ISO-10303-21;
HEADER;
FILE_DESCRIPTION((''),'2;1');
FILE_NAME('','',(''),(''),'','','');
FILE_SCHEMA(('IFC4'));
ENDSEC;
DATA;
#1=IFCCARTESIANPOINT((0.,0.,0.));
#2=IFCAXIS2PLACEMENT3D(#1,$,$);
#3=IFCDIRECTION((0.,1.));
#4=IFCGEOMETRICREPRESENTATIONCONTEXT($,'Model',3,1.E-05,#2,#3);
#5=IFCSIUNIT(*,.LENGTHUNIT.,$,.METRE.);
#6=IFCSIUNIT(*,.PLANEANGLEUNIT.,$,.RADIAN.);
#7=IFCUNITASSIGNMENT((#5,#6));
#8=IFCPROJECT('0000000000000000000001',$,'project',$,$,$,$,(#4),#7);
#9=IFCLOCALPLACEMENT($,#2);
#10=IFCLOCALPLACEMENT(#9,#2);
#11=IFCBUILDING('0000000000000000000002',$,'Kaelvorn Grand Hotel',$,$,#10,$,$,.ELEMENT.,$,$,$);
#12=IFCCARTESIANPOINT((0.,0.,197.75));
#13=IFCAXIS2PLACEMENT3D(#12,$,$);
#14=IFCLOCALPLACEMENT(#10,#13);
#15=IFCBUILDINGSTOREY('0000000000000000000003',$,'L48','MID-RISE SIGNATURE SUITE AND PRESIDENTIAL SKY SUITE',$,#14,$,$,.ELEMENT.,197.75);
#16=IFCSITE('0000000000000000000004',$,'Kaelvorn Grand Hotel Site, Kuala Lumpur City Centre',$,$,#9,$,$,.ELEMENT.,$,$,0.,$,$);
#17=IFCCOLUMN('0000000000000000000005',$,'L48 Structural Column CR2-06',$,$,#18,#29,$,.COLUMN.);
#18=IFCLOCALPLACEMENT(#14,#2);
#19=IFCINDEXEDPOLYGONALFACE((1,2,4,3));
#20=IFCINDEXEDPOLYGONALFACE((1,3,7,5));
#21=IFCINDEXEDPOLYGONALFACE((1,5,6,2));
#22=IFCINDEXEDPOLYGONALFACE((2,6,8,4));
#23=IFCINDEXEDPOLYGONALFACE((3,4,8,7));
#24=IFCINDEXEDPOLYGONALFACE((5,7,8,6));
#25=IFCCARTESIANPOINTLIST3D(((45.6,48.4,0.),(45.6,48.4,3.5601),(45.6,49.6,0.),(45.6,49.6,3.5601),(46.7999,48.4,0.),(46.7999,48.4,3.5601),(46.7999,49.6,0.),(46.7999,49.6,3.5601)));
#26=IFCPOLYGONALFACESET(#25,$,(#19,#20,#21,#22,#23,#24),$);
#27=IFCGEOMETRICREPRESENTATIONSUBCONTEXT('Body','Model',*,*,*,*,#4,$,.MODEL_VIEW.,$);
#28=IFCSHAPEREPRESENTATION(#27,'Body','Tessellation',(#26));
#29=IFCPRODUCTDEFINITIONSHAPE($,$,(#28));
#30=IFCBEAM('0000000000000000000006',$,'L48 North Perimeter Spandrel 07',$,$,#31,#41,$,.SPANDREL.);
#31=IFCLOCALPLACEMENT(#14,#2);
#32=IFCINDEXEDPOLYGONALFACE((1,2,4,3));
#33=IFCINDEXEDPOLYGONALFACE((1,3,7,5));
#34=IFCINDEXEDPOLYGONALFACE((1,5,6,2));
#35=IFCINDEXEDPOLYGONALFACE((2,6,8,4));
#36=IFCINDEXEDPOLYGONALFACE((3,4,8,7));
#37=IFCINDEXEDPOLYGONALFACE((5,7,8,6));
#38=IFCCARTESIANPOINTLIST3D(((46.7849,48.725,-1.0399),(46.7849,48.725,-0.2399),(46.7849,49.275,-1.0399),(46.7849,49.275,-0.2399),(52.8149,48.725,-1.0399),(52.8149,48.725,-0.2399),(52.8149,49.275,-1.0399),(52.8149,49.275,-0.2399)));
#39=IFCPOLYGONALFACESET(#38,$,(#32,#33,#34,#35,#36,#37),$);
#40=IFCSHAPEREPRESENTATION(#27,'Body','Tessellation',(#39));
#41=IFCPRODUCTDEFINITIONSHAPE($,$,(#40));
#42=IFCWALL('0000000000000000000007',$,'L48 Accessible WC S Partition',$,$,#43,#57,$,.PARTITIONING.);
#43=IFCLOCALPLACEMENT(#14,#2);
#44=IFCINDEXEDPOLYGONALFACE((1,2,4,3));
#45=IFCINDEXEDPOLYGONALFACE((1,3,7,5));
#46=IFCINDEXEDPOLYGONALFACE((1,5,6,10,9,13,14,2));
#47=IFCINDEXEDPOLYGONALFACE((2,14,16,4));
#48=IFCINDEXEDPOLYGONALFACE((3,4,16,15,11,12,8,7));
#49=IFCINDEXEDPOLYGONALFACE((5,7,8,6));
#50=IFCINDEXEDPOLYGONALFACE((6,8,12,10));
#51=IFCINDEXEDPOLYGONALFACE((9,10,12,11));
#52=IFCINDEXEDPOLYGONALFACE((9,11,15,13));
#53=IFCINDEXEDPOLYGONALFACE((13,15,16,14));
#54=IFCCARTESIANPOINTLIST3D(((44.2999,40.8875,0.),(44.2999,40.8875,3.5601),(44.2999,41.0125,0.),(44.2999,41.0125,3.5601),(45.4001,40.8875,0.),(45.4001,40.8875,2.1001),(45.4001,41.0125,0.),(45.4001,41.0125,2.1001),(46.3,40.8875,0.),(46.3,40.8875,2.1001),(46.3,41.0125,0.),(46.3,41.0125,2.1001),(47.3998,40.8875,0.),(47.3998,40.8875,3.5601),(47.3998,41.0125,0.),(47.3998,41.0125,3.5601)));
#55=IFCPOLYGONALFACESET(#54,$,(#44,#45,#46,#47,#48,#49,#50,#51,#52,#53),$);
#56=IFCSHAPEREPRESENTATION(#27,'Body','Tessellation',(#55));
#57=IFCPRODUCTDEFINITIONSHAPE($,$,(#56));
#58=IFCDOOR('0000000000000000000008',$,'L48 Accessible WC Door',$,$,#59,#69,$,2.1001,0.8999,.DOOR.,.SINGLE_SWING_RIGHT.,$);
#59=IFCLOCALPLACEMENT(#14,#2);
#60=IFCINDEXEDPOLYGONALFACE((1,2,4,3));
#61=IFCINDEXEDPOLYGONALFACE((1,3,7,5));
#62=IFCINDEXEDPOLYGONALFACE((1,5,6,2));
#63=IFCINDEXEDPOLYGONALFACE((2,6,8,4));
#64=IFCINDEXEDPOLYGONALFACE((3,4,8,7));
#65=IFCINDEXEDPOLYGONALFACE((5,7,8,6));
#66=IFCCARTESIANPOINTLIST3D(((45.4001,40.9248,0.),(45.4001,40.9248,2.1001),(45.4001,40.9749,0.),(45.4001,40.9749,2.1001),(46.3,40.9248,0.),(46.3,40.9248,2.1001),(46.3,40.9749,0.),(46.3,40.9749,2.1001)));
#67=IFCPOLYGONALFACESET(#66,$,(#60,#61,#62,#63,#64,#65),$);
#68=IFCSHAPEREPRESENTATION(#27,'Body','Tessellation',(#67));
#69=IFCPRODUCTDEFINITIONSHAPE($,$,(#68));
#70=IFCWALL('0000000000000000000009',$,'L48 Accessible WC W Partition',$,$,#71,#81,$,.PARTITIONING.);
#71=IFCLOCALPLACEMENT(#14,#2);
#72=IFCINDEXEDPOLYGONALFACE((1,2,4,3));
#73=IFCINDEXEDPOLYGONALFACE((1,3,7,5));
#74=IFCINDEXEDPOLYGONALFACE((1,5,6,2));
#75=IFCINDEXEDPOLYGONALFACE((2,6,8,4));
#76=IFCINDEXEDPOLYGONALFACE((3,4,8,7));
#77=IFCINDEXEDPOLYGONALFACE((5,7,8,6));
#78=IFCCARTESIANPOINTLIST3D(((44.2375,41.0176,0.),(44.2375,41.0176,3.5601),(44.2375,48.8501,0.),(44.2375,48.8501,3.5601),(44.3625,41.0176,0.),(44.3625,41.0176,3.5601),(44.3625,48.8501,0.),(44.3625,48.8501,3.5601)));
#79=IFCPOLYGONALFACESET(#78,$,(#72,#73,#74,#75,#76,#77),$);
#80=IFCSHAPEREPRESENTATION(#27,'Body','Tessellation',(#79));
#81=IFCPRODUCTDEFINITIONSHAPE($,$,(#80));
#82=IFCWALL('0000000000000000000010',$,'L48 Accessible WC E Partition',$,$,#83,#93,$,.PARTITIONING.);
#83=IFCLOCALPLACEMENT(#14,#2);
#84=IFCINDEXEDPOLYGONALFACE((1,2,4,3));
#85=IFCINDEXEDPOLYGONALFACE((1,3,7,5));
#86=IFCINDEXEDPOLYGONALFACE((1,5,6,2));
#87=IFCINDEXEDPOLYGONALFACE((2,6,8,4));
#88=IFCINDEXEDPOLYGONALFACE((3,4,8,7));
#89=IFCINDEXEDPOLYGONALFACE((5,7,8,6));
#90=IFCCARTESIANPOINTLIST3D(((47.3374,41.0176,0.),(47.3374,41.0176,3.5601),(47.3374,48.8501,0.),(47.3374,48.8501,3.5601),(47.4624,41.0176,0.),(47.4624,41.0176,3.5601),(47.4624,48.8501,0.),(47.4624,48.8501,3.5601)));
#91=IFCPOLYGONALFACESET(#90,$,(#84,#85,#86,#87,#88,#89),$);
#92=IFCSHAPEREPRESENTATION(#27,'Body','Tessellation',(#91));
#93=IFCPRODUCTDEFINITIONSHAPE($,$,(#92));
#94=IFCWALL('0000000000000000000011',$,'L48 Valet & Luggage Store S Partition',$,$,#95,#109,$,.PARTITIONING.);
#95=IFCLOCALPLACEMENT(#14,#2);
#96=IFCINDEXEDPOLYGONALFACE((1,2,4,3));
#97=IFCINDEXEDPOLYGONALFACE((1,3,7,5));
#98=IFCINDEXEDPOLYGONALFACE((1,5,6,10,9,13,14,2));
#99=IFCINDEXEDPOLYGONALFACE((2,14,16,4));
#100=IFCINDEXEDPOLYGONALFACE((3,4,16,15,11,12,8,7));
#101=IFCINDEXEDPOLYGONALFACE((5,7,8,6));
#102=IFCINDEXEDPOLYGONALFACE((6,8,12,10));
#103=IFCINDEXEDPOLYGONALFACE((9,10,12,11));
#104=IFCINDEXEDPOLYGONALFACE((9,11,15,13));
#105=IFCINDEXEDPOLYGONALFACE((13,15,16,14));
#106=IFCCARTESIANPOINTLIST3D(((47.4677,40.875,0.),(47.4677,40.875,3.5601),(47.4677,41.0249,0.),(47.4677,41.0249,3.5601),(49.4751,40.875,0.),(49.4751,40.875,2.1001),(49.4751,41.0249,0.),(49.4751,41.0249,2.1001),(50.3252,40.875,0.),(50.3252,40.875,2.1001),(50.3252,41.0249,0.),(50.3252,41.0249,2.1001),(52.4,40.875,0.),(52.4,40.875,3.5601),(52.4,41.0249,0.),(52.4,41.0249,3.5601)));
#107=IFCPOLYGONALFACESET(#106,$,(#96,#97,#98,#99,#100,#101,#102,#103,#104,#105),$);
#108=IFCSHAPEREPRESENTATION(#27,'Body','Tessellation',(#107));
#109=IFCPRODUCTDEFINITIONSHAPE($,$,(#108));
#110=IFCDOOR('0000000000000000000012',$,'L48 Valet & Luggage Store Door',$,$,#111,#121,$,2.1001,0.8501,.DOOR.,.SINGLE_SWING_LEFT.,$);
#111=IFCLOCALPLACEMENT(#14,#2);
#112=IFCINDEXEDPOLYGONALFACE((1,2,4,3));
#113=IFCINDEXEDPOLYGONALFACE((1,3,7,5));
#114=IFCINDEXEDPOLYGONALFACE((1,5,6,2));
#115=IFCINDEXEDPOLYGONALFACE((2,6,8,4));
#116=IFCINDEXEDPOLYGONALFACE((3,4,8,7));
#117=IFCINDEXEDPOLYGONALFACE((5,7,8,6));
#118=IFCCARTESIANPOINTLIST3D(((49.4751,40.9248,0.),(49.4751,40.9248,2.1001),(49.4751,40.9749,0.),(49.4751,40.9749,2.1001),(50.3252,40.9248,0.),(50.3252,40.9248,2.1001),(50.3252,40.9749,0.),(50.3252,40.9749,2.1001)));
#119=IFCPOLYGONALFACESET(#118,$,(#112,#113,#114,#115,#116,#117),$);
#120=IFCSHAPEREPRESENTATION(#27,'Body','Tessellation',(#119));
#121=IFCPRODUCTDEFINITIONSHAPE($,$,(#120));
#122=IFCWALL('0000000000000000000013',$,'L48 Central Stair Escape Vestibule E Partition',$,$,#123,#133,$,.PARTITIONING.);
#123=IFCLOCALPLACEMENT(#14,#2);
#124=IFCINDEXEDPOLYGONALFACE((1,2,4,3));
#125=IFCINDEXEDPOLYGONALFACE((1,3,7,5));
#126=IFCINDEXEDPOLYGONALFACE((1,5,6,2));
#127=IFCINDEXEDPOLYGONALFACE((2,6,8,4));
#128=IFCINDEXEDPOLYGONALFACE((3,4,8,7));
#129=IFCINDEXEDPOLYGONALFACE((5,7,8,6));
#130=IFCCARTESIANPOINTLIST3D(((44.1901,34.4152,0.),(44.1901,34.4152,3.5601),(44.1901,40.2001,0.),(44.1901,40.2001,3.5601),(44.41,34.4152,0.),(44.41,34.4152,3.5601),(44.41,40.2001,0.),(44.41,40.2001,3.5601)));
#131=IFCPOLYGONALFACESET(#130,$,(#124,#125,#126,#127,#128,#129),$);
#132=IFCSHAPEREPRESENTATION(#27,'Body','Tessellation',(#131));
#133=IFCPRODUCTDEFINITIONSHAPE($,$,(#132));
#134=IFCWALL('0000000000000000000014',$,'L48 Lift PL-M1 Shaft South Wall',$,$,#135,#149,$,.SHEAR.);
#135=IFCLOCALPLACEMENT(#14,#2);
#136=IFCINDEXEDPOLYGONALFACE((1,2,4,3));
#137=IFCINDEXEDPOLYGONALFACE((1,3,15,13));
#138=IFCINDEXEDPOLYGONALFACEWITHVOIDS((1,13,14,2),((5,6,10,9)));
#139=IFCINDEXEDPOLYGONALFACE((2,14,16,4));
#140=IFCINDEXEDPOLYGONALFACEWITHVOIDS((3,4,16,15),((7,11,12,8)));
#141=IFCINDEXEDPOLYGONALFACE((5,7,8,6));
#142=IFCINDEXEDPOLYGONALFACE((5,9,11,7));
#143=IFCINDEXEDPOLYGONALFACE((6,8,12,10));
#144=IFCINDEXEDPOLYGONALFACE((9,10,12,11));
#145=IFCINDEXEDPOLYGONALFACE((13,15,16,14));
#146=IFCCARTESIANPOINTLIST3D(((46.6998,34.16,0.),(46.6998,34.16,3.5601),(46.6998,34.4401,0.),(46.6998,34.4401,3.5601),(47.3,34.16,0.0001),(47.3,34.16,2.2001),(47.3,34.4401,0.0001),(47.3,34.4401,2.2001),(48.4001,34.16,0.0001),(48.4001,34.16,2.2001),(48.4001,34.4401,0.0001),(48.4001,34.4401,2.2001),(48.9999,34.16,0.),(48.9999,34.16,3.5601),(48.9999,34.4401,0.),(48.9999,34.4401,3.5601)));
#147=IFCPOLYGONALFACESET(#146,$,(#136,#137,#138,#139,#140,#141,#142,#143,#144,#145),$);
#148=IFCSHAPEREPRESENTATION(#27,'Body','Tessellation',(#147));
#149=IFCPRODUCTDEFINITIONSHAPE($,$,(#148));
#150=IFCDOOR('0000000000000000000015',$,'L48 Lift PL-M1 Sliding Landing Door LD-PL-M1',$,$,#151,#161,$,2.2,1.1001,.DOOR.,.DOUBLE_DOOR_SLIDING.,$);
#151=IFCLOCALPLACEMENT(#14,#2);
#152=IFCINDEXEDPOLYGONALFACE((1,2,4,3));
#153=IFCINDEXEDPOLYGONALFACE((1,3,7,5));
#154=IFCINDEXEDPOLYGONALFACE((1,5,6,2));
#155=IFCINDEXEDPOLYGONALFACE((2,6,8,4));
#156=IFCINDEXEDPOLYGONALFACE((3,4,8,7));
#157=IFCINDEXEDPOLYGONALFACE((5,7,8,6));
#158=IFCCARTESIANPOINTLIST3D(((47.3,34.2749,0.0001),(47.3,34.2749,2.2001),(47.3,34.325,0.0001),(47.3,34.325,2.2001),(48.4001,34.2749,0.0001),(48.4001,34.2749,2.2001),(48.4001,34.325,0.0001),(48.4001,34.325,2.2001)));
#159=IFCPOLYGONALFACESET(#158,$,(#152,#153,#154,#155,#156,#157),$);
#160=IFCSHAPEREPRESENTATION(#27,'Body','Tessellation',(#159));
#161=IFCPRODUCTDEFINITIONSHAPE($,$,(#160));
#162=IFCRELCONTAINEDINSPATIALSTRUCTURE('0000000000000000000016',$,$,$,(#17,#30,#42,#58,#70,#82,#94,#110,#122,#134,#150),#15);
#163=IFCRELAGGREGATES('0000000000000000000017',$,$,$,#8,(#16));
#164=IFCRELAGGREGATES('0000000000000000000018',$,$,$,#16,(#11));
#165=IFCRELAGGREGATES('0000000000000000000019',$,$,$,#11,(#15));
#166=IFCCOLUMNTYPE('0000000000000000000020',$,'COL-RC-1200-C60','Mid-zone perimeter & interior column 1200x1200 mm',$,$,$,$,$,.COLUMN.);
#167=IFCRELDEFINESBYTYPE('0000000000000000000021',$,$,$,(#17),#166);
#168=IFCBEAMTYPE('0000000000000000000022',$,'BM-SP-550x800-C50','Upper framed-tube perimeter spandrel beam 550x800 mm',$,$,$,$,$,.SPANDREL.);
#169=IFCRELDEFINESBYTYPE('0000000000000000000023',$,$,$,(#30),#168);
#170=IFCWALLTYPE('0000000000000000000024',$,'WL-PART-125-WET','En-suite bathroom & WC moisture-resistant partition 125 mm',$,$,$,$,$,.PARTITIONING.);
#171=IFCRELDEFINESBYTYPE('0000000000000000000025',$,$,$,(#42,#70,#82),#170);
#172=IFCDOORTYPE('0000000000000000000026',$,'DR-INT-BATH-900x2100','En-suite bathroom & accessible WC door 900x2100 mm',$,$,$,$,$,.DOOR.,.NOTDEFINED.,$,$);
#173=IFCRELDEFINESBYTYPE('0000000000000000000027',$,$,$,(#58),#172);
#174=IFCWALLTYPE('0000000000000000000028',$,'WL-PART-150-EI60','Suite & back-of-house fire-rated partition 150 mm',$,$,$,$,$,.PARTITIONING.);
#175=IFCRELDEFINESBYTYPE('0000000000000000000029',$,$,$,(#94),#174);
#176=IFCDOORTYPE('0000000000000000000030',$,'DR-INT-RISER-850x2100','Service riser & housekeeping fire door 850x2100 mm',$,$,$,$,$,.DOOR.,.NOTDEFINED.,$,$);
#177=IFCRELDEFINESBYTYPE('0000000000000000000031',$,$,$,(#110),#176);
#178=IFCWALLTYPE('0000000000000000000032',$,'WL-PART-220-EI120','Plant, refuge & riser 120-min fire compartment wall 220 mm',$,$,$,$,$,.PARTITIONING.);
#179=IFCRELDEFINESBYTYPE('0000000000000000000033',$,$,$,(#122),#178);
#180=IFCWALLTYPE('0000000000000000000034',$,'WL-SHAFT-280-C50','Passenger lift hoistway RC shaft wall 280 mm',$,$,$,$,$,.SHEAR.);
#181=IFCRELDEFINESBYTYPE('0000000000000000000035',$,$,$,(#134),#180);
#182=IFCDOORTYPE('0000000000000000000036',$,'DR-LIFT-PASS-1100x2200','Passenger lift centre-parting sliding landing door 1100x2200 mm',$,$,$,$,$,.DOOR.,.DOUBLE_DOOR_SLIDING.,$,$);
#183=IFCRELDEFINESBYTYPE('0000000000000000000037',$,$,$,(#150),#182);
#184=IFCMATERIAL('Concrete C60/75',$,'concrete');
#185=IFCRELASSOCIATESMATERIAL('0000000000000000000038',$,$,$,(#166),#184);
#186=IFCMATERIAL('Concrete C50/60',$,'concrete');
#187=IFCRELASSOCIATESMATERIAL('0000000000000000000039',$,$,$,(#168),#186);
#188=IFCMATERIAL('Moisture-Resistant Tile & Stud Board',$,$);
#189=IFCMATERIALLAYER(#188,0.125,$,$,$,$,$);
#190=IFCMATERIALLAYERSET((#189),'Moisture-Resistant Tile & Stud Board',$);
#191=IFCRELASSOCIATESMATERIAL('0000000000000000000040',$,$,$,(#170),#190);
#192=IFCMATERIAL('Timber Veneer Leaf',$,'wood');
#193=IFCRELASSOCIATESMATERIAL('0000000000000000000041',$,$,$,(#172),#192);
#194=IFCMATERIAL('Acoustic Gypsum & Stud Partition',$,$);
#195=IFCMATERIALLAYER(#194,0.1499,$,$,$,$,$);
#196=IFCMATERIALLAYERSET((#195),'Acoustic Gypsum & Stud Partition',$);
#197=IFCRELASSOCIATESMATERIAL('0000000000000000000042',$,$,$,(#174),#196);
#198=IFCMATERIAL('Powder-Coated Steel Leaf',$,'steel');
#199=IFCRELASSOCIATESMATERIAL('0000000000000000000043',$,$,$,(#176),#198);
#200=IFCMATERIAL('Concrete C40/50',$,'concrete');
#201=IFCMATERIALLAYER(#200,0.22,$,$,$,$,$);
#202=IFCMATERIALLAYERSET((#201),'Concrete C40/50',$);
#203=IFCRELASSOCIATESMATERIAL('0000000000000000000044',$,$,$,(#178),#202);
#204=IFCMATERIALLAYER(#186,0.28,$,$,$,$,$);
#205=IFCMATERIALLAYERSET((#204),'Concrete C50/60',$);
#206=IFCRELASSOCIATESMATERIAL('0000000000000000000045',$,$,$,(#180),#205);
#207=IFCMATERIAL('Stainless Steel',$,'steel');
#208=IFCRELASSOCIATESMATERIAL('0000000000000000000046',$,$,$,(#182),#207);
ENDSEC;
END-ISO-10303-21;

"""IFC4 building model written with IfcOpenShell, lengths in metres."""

from ifc_helpers import new_model, si_unit, direction, frame, frame_2d, origin, origin_2d, place, context, subcontext, project, spatial, rectangle, extrude, material, layer, layer_set, material_profile, profile_set, type_object, element, fill, save


model = new_model("IFC4")

# Units and contexts
model_context = context("Model", 3, precision=1e-05, world=origin(), true_north=direction((0.0, 1.0)))
body_context = subcontext(model_context, "Body", "Model", "MODEL_VIEW")
ifc_project = project(units=[si_unit("LENGTHUNIT", "METRE"), si_unit("PLANEANGLEUNIT", "RADIAN")], contexts=[model_context])

# Site, building, storey
site_placement = place(None, origin())
site = spatial("IfcSite", under=ifc_project, at=site_placement, Name="Kaelvorn Grand Hotel Site, Kuala Lumpur City Centre", CompositionType="ELEMENT", RefElevation=0.0)
building_placement = place(site_placement, origin())
building = spatial("IfcBuilding", under=site, at=building_placement, Name="Kaelvorn Grand Hotel", CompositionType="ELEMENT")
storey_placement = place(building_placement, frame((0.0, 0.0, 197.75)))
storey = spatial("IfcBuildingStorey", under=building, at=storey_placement, Name="L48", Description="MID-RISE SIGNATURE SUITE AND PRESIDENTIAL SKY SUITE", CompositionType="ELEMENT", Elevation=197.75)

# Column
ifc_material_1 = material(Name="Concrete C60/75", Category="concrete")
ifc_material_profile_1 = material_profile(ifc_material_1, rectangle(XDim=1.2, YDim=1.2, at=origin_2d()), Name="RC COL 1200x1200")
ifc_profile_set_1 = profile_set([ifc_material_profile_1], Name="Concrete C60/75")
column_type = type_object("IfcColumnType", Name="COL-RC-1200-C60", Description="Mid-zone perimeter & interior column 1200x1200 mm", PredefinedType="COLUMN", material=ifc_profile_set_1)
column_placement = place(storey_placement, frame((46.2, 49.0, 0.0), z_axis=(0.0, 0.0, 1.0), x_axis=(1.0, 0.0, 0.0)))
element("IfcColumn", 1, at=column_placement, inside=storey, type_object=column_type, Name="L48 Structural Column CR2-06", PredefinedType="COLUMN", context=body_context, shape_type="SweptSolid", body=[
    extrude(rectangle(XDim=1.2, YDim=1.2, at=origin_2d()), origin(), (0.0, 0.0, 1.0), 3.5601),
])

# Beam
ifc_material_2 = material(Name="Concrete C50/60", Category="concrete")
ifc_material_profile_2 = material_profile(ifc_material_2, rectangle(XDim=0.55, YDim=0.8, at=origin_2d()), Name="RC SPANDREL 550x800")
ifc_profile_set_2 = profile_set([ifc_material_profile_2], Name="Concrete C50/60")
beam_type = type_object("IfcBeamType", Name="BM-SP-550x800-C50", Description="Upper framed-tube perimeter spandrel beam 550x800 mm", PredefinedType="SPANDREL", material=ifc_profile_set_2)
beam_placement = place(storey_placement, frame((46.7849, 49.0, -0.6399), z_axis=(1.0, 0.0, 0.0), x_axis=(0.0, 1.0, 0.0)))
element("IfcBeam", 2, at=beam_placement, inside=storey, type_object=beam_type, Name="L48 North Perimeter Spandrel 07", PredefinedType="SPANDREL", context=body_context, shape_type="SweptSolid", body=[
    extrude(rectangle(XDim=0.55, YDim=0.8, at=origin_2d()), origin(), (0.0, 0.0, 1.0), 6.03),
])

# Wall, opening, door
ifc_material_3 = material(Name="Moisture-Resistant Tile & Stud Board")
ifc_layer_1 = layer(ifc_material_3, 0.125)
ifc_layer_set_1 = layer_set([ifc_layer_1], Name="Moisture-Resistant Tile & Stud Board")
wall_type_1 = type_object("IfcWallType", Name="WL-PART-125-WET", Description="En-suite bathroom & WC moisture-resistant partition 125 mm", PredefinedType="PARTITIONING", material=ifc_layer_set_1)
wall_1_placement = place(storey_placement, frame((44.3, 40.95, 0.0), z_axis=(0.0, 0.0, 1.0), x_axis=(1.0, 0.0, 0.0)))
wall_1 = element("IfcWall", 3, at=wall_1_placement, inside=storey, type_object=wall_type_1, Name="L48 Accessible WC S Partition", PredefinedType="PARTITIONING", context=body_context, shape_type="SweptSolid", body=[
    extrude(rectangle(XDim=3.0999, YDim=0.125, at=frame_2d((1.5498, 0.0))), origin(), (0.0, 0.0, 1.0), 3.5601),
])
opening_1_placement = place(wall_1_placement, frame((1.1001, 0.0, 0.0)))
opening_1 = element("IfcOpeningElement", 4, at=opening_1_placement, cuts=wall_1, PredefinedType="OPENING", context=body_context, shape_type="SweptSolid", body=[
    extrude(rectangle(XDim=0.8999, YDim=2.1001, at=frame_2d((0.45, 1.05))), frame((0.0, 0.0725, 0.0), z_axis=(0.0, -1.0, 0.0), x_axis=(1.0, 0.0, 0.0)), (0.0, 0.0, 1.0), 0.145),
])
ifc_material_4 = material(Name="Timber Veneer Leaf", Category="wood")
door_type_1 = type_object("IfcDoorType", Name="DR-INT-BATH-900x2100", Description="En-suite bathroom & accessible WC door 900x2100 mm", OperationType="NOTDEFINED", PredefinedType="DOOR", material=ifc_material_4)
door_1_placement = place(opening_1_placement, origin())
door_1 = element("IfcDoor", 5, at=door_1_placement, inside=storey, type_object=door_type_1, Name="L48 Accessible WC Door", OperationType="SINGLE_SWING_RIGHT", OverallHeight=2.1001, OverallWidth=0.8999, PredefinedType="DOOR", context=body_context, shape_type="SweptSolid", body=[
    extrude(rectangle(XDim=0.8999, YDim=2.1001, at=frame_2d((0.45, 1.05))), frame((0.0, 0.0249, 0.0), z_axis=(0.0, -1.0, 0.0), x_axis=(1.0, 0.0, 0.0)), (0.0, 0.0, 1.0), 0.05),
])
fill(opening_1, door_1)

# Walls
for number, where, z_axis, x_axis, name in (
    (6, (44.3, 41.0176, 0.0), (0.0, 0.0, 1.0), (0.0, 1.0, 0.0), "L48 Accessible WC W Partition"),
    (7, (47.3999, 41.0176, 0.0), (0.0, 0.0, 1.0), (0.0, 1.0, 0.0), "L48 Accessible WC E Partition"),
):
    element("IfcWall", number, at=place(storey_placement, frame(where, z_axis=z_axis, x_axis=x_axis)), inside=storey, type_object=wall_type_1, Name=name, PredefinedType="PARTITIONING", context=body_context, shape_type="SweptSolid", body=[
        extrude(rectangle(XDim=7.8325, YDim=0.125, at=frame_2d((3.9163, 0.0))), origin(), (0.0, 0.0, 1.0), 3.5601),
    ])

# Wall, opening, door
ifc_material_5 = material(Name="Acoustic Gypsum & Stud Partition")
ifc_layer_2 = layer(ifc_material_5, 0.1499)
ifc_layer_set_2 = layer_set([ifc_layer_2], Name="Acoustic Gypsum & Stud Partition")
wall_type_2 = type_object("IfcWallType", Name="WL-PART-150-EI60", Description="Suite & back-of-house fire-rated partition 150 mm", PredefinedType="PARTITIONING", material=ifc_layer_set_2)
wall_2_placement = place(storey_placement, frame((47.4675, 40.95, 0.0), z_axis=(0.0, 0.0, 1.0), x_axis=(1.0, 0.0, 0.0)))
wall_2 = element("IfcWall", 8, at=wall_2_placement, inside=storey, type_object=wall_type_2, Name="L48 Valet & Luggage Store S Partition", PredefinedType="PARTITIONING", context=body_context, shape_type="SweptSolid", body=[
    extrude(rectangle(XDim=4.9324, YDim=0.1499, at=frame_2d((2.4663, 0.0))), origin(), (0.0, 0.0, 1.0), 3.5601),
])
opening_2_placement = place(wall_2_placement, frame((2.0076, 0.0, 0.0)))
opening_2 = element("IfcOpeningElement", 9, at=opening_2_placement, cuts=wall_2, PredefinedType="OPENING", context=body_context, shape_type="SweptSolid", body=[
    extrude(rectangle(XDim=0.8501, YDim=2.1001, at=frame_2d((0.425, 1.05))), frame((0.0, 0.085, 0.0), z_axis=(0.0, -1.0, 0.0), x_axis=(1.0, 0.0, 0.0)), (0.0, 0.0, 1.0), 0.1699),
])
ifc_material_6 = material(Name="Powder-Coated Steel Leaf", Category="steel")
door_type_2 = type_object("IfcDoorType", Name="DR-INT-RISER-850x2100", Description="Service riser & housekeeping fire door 850x2100 mm", OperationType="NOTDEFINED", PredefinedType="DOOR", material=ifc_material_6)
door_2_placement = place(opening_2_placement, origin())
door_2 = element("IfcDoor", 10, at=door_2_placement, inside=storey, type_object=door_type_2, Name="L48 Valet & Luggage Store Door", OperationType="SINGLE_SWING_LEFT", OverallHeight=2.1001, OverallWidth=0.8501, PredefinedType="DOOR", context=body_context, shape_type="SweptSolid", body=[
    extrude(rectangle(XDim=0.8501, YDim=2.1001, at=frame_2d((0.425, 1.05))), frame((0.0, 0.0249, 0.0), z_axis=(0.0, -1.0, 0.0), x_axis=(1.0, 0.0, 0.0)), (0.0, 0.0, 1.0), 0.05),
])
fill(opening_2, door_2)

# Wall
ifc_material_7 = material(Name="Concrete C40/50", Category="concrete")
ifc_layer_3 = layer(ifc_material_7, 0.22)
ifc_layer_set_3 = layer_set([ifc_layer_3], Name="Concrete C40/50")
wall_type_3 = type_object("IfcWallType", Name="WL-PART-220-EI120", Description="Plant, refuge & riser 120-min fire compartment wall 220 mm", PredefinedType="PARTITIONING", material=ifc_layer_set_3)
wall_3_placement = place(storey_placement, frame((44.3, 34.415, 0.0), z_axis=(0.0, 0.0, 1.0), x_axis=(0.0, 1.0, 0.0)))
element("IfcWall", 11, at=wall_3_placement, inside=storey, type_object=wall_type_3, Name="L48 Central Stair Escape Vestibule E Partition", PredefinedType="PARTITIONING", context=body_context, shape_type="SweptSolid", body=[
    extrude(rectangle(XDim=5.7849, YDim=0.22, at=frame_2d((2.8926, 0.0))), origin(), (0.0, 0.0, 1.0), 3.5601),
])

# Wall, opening, door
ifc_layer_4 = layer(ifc_material_2, 0.28)
ifc_layer_set_4 = layer_set([ifc_layer_4], Name="Concrete C50/60")
wall_type_4 = type_object("IfcWallType", Name="WL-SHAFT-280-C50", Description="Passenger lift hoistway RC shaft wall 280 mm", PredefinedType="SHEAR", material=ifc_layer_set_4)
wall_4_placement = place(storey_placement, frame((46.7, 34.3, 0.0), z_axis=(0.0, 0.0, 1.0), x_axis=(1.0, 0.0, 0.0)))
wall_4 = element("IfcWall", 12, at=wall_4_placement, inside=storey, type_object=wall_type_4, Name="L48 Lift PL-M1 Shaft South Wall", PredefinedType="SHEAR", context=body_context, shape_type="SweptSolid", body=[
    extrude(rectangle(XDim=2.3, YDim=0.28, at=frame_2d((1.1499, 0.0))), origin(), (0.0, 0.0, 1.0), 3.5601),
])
opening_3_placement = place(wall_4_placement, frame((0.6001, 0.0, 0.0)))
opening_3 = element("IfcOpeningElement", 13, at=opening_3_placement, cuts=wall_4, PredefinedType="OPENING", context=body_context, shape_type="SweptSolid", body=[
    extrude(rectangle(XDim=1.1001, YDim=2.2, at=frame_2d((0.55, 1.1001))), frame((0.0, 0.1499, 0.0), z_axis=(0.0, -1.0, 0.0), x_axis=(1.0, 0.0, 0.0)), (0.0, 0.0, 1.0), 0.3),
])
ifc_material_8 = material(Name="Stainless Steel", Category="steel")
door_type_3 = type_object("IfcDoorType", Name="DR-LIFT-PASS-1100x2200", Description="Passenger lift centre-parting sliding landing door 1100x2200 mm", OperationType="DOUBLE_DOOR_SLIDING", PredefinedType="DOOR", material=ifc_material_8)
door_3_placement = place(opening_3_placement, origin())
door_3 = element("IfcDoor", 14, at=door_3_placement, inside=storey, type_object=door_type_3, Name="L48 Lift PL-M1 Sliding Landing Door LD-PL-M1", OperationType="DOUBLE_DOOR_SLIDING", OverallHeight=2.2, OverallWidth=1.1001, PredefinedType="DOOR", context=body_context, shape_type="SweptSolid", body=[
    extrude(rectangle(XDim=1.1001, YDim=2.2, at=frame_2d((0.55, 1.1001))), frame((0.0, 0.0249, 0.0), z_axis=(0.0, -1.0, 0.0), x_axis=(1.0, 0.0, 0.0)), (0.0, 0.0, 1.0), 0.05),
])
fill(opening_3, door_3)

save(model, "model.ifc")
